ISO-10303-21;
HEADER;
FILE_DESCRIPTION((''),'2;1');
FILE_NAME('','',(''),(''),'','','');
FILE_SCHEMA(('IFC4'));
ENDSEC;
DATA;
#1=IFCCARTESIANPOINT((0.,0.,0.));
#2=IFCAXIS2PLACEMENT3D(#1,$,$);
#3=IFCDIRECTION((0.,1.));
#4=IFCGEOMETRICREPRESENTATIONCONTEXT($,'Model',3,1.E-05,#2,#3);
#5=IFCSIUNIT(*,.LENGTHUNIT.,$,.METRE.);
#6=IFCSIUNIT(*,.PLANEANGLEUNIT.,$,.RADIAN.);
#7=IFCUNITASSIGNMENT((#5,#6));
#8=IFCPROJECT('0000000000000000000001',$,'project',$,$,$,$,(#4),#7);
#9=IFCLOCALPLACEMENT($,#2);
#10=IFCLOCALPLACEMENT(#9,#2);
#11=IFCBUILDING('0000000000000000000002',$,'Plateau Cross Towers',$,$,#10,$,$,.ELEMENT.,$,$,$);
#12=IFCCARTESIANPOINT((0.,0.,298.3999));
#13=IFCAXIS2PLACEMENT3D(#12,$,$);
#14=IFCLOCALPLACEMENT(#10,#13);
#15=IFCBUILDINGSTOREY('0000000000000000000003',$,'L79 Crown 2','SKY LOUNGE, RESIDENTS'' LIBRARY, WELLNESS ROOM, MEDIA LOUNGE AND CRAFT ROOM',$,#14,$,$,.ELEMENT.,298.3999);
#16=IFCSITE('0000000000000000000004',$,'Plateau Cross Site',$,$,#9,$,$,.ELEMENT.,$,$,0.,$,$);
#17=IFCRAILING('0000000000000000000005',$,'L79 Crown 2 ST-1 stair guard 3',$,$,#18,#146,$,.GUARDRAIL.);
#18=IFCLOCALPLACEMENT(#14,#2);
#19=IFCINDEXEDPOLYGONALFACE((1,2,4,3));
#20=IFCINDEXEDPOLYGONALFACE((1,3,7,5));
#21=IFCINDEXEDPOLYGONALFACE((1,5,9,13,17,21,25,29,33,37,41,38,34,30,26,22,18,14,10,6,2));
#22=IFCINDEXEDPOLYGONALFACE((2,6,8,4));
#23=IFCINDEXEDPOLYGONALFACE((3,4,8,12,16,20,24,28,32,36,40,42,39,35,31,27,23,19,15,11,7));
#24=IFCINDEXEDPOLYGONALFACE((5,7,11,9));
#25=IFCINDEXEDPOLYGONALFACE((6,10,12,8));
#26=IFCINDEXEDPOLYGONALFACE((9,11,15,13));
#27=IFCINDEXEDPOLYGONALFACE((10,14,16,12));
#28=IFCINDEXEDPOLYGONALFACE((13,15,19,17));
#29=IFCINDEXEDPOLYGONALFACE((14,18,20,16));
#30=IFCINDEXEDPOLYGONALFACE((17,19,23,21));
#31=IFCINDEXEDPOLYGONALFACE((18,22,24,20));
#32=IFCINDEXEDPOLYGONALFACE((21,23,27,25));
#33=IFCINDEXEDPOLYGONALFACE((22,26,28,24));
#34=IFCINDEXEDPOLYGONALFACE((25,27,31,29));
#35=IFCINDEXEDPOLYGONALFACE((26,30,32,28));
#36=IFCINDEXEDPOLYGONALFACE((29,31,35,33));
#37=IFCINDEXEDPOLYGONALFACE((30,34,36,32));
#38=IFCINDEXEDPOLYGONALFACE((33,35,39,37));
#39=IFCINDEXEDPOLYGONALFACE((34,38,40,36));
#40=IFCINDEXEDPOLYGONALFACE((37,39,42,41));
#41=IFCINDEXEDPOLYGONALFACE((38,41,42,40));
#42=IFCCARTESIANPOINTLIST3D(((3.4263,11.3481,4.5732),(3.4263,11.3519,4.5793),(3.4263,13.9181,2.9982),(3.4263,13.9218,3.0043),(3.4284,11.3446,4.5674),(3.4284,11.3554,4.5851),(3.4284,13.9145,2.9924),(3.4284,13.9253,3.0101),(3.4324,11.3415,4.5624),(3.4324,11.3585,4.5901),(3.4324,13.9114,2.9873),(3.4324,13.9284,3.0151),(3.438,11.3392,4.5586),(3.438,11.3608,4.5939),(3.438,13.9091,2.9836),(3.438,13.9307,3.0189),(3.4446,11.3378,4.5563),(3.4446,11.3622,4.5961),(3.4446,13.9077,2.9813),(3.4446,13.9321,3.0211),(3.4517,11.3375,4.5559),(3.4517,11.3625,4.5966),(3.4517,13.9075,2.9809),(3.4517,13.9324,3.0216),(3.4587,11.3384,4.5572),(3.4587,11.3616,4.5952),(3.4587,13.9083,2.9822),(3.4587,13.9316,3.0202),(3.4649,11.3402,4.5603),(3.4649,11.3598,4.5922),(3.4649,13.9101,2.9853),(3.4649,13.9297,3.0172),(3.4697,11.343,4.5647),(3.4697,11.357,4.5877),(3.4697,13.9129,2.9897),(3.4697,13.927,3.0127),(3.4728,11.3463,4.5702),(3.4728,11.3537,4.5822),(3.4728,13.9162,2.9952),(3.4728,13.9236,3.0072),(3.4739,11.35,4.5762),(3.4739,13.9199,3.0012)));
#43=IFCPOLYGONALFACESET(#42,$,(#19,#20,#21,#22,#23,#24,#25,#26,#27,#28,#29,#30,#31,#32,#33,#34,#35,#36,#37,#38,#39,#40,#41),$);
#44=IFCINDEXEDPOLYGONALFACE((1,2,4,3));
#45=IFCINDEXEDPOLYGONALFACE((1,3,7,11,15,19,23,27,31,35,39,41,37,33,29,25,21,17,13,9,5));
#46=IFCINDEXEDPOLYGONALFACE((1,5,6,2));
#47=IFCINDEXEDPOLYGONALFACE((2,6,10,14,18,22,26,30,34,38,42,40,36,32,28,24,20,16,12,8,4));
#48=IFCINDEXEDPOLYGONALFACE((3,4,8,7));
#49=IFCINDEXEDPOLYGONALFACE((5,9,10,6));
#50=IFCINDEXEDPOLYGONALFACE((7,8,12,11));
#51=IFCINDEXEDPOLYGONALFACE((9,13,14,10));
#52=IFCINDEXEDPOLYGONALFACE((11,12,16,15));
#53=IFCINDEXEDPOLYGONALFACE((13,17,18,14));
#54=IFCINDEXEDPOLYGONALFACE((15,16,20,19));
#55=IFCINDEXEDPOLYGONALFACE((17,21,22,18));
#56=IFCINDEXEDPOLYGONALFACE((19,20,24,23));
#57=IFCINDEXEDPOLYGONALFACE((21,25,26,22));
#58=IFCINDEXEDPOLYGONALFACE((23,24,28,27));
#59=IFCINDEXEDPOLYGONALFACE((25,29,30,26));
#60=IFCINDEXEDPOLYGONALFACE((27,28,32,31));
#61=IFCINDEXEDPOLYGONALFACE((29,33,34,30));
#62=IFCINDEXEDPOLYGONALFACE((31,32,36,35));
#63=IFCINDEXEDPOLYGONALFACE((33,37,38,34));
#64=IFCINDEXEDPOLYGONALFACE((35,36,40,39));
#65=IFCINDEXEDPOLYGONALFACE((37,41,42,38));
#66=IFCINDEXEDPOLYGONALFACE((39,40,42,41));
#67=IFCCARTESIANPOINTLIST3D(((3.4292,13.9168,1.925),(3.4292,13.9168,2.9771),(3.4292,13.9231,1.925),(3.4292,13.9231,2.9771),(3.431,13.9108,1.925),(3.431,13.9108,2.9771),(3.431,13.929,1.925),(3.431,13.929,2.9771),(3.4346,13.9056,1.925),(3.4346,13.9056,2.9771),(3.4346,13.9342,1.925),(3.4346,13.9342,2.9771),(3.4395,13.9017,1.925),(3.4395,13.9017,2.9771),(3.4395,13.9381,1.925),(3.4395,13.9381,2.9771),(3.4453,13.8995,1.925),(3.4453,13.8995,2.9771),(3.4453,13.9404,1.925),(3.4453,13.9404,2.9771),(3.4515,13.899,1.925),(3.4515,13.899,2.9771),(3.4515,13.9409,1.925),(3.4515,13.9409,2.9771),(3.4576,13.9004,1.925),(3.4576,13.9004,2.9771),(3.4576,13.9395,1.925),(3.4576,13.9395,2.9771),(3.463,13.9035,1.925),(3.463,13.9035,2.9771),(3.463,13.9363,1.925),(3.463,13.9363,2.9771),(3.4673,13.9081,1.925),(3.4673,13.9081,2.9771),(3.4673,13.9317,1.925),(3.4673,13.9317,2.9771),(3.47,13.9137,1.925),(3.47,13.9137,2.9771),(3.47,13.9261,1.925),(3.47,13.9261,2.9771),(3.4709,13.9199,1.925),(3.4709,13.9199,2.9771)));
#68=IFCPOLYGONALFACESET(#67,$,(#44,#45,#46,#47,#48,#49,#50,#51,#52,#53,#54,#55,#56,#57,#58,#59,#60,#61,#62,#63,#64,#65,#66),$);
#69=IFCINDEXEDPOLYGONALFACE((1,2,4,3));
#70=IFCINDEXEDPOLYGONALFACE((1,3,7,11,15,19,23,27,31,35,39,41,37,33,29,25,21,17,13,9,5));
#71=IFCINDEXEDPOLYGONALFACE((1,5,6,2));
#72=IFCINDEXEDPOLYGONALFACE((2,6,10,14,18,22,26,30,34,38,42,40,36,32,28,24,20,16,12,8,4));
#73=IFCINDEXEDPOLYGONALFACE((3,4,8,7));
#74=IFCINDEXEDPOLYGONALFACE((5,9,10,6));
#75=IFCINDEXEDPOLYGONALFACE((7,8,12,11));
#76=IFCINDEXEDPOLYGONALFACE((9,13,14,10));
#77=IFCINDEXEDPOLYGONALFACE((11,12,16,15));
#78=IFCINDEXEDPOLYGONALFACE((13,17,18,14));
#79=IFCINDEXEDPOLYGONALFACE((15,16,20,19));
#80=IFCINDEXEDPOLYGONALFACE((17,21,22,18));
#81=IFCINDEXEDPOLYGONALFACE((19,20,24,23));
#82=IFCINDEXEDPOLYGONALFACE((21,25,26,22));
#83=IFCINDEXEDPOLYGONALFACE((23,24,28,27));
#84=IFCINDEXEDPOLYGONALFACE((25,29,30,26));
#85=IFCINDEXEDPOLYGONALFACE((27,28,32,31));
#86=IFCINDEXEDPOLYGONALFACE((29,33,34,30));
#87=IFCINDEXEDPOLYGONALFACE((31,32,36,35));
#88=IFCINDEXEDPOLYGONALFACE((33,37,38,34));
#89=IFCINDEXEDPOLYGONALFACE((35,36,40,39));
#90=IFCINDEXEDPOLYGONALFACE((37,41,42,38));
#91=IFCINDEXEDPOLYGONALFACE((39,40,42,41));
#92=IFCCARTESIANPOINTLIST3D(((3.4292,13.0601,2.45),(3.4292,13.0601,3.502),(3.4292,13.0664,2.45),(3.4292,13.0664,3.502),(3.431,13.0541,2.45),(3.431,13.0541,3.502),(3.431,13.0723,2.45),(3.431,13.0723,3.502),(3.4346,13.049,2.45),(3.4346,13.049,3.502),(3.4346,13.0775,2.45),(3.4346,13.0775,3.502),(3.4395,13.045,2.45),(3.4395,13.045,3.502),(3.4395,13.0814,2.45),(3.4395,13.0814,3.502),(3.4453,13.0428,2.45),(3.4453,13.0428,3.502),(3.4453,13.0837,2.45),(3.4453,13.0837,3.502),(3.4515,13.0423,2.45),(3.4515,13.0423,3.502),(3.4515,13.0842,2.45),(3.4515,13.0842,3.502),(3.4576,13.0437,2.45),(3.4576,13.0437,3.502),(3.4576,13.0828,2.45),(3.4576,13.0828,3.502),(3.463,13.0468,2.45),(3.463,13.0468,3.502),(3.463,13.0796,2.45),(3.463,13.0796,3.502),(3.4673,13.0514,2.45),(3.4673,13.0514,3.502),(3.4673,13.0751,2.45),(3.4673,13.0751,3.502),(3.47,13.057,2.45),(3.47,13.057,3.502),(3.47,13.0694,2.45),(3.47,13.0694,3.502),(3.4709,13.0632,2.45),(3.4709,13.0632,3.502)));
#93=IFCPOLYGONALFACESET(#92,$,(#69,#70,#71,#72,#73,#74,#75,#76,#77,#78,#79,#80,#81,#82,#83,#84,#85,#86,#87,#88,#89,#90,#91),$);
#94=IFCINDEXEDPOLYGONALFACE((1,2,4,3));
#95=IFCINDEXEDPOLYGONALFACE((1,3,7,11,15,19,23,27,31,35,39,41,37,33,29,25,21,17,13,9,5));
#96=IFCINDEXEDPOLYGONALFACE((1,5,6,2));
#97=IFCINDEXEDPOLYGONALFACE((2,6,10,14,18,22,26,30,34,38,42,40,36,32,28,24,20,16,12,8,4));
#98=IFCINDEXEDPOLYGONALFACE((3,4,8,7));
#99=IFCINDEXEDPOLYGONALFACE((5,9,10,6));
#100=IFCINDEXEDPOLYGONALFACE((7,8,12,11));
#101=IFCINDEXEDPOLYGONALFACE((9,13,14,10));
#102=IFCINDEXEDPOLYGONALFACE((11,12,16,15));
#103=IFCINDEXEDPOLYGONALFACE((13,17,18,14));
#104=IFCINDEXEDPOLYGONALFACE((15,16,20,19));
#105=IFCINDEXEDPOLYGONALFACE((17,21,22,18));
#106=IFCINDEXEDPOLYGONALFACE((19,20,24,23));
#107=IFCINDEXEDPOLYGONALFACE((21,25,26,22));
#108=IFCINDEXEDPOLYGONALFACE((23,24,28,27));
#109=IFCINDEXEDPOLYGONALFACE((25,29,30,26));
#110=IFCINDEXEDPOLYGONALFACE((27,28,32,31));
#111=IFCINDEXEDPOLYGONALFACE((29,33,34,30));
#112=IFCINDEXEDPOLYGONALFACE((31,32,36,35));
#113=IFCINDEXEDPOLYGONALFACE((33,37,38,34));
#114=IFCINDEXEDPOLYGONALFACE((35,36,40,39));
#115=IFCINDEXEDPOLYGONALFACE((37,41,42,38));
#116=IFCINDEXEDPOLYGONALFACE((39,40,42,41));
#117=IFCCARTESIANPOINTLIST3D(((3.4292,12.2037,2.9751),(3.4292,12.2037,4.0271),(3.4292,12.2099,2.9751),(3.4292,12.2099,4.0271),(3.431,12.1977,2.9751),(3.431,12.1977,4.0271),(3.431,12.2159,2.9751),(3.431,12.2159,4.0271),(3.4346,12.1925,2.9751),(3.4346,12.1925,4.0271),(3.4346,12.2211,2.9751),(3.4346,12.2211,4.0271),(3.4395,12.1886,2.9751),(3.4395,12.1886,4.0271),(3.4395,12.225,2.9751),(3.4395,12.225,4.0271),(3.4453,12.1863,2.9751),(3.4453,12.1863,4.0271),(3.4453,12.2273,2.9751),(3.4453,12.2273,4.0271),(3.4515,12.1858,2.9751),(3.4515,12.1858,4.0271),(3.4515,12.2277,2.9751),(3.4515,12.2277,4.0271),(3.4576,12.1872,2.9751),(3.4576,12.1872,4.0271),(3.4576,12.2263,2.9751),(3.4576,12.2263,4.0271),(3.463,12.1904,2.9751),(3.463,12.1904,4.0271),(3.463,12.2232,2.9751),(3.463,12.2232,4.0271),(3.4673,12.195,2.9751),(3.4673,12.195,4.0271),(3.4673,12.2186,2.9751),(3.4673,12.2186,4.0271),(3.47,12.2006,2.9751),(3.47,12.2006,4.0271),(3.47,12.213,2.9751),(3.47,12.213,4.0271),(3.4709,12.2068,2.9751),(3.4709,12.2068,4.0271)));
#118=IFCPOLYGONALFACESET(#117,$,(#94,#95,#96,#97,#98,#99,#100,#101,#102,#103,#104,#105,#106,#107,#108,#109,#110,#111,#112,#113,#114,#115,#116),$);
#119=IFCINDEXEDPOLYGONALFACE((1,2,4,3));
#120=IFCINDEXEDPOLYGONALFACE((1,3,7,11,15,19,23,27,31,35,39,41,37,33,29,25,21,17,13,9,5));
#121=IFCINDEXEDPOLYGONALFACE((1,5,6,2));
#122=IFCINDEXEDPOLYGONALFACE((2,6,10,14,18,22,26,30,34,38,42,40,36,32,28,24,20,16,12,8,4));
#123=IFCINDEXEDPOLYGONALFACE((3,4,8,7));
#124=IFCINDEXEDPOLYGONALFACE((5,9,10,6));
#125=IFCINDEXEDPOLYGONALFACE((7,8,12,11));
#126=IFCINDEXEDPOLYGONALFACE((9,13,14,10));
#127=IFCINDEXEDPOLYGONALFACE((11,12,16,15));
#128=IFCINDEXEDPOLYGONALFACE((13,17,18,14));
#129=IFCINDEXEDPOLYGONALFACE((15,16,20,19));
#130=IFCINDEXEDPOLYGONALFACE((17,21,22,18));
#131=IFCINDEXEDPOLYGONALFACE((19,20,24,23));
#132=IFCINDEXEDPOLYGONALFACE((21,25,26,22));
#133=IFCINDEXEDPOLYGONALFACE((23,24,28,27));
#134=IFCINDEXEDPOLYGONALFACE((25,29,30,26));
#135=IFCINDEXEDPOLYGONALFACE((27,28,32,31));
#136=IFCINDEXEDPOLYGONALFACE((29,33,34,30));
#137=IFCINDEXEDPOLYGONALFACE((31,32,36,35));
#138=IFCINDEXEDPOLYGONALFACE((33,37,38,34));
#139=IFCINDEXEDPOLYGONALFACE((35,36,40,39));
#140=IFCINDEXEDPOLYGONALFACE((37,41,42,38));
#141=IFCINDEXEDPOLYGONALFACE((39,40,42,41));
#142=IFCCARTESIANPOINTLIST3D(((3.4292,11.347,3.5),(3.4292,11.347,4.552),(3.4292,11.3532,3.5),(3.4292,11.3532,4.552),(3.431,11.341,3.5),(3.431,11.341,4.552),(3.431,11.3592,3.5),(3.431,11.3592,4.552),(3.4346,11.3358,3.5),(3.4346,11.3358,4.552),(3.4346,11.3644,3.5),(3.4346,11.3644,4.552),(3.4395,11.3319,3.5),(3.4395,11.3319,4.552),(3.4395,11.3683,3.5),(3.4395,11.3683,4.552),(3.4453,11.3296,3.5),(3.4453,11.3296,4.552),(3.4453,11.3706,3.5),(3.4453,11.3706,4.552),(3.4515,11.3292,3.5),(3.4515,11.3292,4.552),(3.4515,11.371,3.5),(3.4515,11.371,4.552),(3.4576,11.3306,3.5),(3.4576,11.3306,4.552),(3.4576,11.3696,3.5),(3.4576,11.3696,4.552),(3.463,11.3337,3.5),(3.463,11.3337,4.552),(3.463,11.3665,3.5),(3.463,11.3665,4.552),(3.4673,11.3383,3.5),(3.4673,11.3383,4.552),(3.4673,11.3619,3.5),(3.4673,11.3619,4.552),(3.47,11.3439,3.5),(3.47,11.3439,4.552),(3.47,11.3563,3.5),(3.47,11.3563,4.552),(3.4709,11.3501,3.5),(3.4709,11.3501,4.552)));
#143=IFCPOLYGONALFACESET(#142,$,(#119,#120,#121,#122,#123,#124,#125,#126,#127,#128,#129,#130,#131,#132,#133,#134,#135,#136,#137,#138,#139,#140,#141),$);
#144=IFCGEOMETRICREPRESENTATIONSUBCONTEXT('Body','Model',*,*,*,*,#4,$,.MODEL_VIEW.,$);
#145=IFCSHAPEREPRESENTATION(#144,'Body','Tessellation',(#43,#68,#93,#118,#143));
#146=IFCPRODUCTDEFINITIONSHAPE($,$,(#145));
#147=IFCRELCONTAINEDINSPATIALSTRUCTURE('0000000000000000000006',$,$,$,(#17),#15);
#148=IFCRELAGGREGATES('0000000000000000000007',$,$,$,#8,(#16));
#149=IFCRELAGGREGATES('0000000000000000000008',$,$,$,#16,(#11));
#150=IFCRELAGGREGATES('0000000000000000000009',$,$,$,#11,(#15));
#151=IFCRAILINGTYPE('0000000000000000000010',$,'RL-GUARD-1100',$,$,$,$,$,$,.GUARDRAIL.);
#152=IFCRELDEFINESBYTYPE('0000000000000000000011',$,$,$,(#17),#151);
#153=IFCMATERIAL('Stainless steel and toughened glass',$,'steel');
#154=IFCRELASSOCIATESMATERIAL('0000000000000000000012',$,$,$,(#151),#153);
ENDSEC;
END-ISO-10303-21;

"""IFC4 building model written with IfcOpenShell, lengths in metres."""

from ifc_helpers import new_model, si_unit, direction, frame, origin, origin_2d, place, context, subcontext, project, spatial, circle, extrude, material, type_object, element, save


model = new_model("IFC4")

# Units and contexts
model_context = context("Model", 3, precision=1e-05, world=origin(), true_north=direction((0.0, 1.0)))
body_context = subcontext(model_context, "Body", "Model", "MODEL_VIEW")
ifc_project = project(units=[si_unit("LENGTHUNIT", "METRE"), si_unit("PLANEANGLEUNIT", "RADIAN")], contexts=[model_context])

# Site, building, storey
site_placement = place(None, origin())
site = spatial("IfcSite", under=ifc_project, at=site_placement, Name="Plateau Cross Site", CompositionType="ELEMENT", RefElevation=0.0)
building_placement = place(site_placement, origin())
building = spatial("IfcBuilding", under=site, at=building_placement, Name="Plateau Cross Towers", CompositionType="ELEMENT")
storey_placement = place(building_placement, frame((0.0, 0.0, 298.3999)))
storey = spatial("IfcBuildingStorey", under=building, at=storey_placement, Name="L79 Crown 2", Description="SKY LOUNGE, RESIDENTS' LIBRARY, WELLNESS ROOM, MEDIA LOUNGE AND CRAFT ROOM", CompositionType="ELEMENT", Elevation=298.3999)

# Railing
ifc_material_1 = material(Name="Stainless steel and toughened glass", Category="steel")
railing_type_1 = type_object("IfcRailingType", Name="RL-GUARD-1100", PredefinedType="GUARDRAIL", material=ifc_material_1)
railing_1_placement = place(storey_placement, frame((3.45, 13.9199, 1.925)))
element("IfcRailing", 1, at=railing_1_placement, inside=storey, type_object=railing_type_1, Name="L79 Crown 2 ST-1 stair guard 3", PredefinedType="GUARDRAIL", context=body_context, shape_type="SweptSolid", body=[
    extrude(circle(Radius=0.0239, at=origin_2d()), frame((0.0, 0.0, 1.0762), z_axis=(0.0, -0.852616, 0.522537), x_axis=(1.0, 0.0, 0.0)), (0.0, 0.0, 1.0), 3.0142),
    extrude(circle(Radius=0.021, at=origin_2d()), origin(), (0.0, 0.0, 1.0), 1.052),
    extrude(circle(Radius=0.021, at=origin_2d()), frame((0.0, -0.8567, 0.5249)), (0.0, 0.0, 1.0), 1.052),
    extrude(circle(Radius=0.021, at=origin_2d()), frame((0.0, -1.7131, 1.05)), (0.0, 0.0, 1.0), 1.052),
    extrude(circle(Radius=0.021, at=origin_2d()), frame((0.0, -2.5698, 1.575)), (0.0, 0.0, 1.0), 1.052),
])

save(model, "model.ifc")
